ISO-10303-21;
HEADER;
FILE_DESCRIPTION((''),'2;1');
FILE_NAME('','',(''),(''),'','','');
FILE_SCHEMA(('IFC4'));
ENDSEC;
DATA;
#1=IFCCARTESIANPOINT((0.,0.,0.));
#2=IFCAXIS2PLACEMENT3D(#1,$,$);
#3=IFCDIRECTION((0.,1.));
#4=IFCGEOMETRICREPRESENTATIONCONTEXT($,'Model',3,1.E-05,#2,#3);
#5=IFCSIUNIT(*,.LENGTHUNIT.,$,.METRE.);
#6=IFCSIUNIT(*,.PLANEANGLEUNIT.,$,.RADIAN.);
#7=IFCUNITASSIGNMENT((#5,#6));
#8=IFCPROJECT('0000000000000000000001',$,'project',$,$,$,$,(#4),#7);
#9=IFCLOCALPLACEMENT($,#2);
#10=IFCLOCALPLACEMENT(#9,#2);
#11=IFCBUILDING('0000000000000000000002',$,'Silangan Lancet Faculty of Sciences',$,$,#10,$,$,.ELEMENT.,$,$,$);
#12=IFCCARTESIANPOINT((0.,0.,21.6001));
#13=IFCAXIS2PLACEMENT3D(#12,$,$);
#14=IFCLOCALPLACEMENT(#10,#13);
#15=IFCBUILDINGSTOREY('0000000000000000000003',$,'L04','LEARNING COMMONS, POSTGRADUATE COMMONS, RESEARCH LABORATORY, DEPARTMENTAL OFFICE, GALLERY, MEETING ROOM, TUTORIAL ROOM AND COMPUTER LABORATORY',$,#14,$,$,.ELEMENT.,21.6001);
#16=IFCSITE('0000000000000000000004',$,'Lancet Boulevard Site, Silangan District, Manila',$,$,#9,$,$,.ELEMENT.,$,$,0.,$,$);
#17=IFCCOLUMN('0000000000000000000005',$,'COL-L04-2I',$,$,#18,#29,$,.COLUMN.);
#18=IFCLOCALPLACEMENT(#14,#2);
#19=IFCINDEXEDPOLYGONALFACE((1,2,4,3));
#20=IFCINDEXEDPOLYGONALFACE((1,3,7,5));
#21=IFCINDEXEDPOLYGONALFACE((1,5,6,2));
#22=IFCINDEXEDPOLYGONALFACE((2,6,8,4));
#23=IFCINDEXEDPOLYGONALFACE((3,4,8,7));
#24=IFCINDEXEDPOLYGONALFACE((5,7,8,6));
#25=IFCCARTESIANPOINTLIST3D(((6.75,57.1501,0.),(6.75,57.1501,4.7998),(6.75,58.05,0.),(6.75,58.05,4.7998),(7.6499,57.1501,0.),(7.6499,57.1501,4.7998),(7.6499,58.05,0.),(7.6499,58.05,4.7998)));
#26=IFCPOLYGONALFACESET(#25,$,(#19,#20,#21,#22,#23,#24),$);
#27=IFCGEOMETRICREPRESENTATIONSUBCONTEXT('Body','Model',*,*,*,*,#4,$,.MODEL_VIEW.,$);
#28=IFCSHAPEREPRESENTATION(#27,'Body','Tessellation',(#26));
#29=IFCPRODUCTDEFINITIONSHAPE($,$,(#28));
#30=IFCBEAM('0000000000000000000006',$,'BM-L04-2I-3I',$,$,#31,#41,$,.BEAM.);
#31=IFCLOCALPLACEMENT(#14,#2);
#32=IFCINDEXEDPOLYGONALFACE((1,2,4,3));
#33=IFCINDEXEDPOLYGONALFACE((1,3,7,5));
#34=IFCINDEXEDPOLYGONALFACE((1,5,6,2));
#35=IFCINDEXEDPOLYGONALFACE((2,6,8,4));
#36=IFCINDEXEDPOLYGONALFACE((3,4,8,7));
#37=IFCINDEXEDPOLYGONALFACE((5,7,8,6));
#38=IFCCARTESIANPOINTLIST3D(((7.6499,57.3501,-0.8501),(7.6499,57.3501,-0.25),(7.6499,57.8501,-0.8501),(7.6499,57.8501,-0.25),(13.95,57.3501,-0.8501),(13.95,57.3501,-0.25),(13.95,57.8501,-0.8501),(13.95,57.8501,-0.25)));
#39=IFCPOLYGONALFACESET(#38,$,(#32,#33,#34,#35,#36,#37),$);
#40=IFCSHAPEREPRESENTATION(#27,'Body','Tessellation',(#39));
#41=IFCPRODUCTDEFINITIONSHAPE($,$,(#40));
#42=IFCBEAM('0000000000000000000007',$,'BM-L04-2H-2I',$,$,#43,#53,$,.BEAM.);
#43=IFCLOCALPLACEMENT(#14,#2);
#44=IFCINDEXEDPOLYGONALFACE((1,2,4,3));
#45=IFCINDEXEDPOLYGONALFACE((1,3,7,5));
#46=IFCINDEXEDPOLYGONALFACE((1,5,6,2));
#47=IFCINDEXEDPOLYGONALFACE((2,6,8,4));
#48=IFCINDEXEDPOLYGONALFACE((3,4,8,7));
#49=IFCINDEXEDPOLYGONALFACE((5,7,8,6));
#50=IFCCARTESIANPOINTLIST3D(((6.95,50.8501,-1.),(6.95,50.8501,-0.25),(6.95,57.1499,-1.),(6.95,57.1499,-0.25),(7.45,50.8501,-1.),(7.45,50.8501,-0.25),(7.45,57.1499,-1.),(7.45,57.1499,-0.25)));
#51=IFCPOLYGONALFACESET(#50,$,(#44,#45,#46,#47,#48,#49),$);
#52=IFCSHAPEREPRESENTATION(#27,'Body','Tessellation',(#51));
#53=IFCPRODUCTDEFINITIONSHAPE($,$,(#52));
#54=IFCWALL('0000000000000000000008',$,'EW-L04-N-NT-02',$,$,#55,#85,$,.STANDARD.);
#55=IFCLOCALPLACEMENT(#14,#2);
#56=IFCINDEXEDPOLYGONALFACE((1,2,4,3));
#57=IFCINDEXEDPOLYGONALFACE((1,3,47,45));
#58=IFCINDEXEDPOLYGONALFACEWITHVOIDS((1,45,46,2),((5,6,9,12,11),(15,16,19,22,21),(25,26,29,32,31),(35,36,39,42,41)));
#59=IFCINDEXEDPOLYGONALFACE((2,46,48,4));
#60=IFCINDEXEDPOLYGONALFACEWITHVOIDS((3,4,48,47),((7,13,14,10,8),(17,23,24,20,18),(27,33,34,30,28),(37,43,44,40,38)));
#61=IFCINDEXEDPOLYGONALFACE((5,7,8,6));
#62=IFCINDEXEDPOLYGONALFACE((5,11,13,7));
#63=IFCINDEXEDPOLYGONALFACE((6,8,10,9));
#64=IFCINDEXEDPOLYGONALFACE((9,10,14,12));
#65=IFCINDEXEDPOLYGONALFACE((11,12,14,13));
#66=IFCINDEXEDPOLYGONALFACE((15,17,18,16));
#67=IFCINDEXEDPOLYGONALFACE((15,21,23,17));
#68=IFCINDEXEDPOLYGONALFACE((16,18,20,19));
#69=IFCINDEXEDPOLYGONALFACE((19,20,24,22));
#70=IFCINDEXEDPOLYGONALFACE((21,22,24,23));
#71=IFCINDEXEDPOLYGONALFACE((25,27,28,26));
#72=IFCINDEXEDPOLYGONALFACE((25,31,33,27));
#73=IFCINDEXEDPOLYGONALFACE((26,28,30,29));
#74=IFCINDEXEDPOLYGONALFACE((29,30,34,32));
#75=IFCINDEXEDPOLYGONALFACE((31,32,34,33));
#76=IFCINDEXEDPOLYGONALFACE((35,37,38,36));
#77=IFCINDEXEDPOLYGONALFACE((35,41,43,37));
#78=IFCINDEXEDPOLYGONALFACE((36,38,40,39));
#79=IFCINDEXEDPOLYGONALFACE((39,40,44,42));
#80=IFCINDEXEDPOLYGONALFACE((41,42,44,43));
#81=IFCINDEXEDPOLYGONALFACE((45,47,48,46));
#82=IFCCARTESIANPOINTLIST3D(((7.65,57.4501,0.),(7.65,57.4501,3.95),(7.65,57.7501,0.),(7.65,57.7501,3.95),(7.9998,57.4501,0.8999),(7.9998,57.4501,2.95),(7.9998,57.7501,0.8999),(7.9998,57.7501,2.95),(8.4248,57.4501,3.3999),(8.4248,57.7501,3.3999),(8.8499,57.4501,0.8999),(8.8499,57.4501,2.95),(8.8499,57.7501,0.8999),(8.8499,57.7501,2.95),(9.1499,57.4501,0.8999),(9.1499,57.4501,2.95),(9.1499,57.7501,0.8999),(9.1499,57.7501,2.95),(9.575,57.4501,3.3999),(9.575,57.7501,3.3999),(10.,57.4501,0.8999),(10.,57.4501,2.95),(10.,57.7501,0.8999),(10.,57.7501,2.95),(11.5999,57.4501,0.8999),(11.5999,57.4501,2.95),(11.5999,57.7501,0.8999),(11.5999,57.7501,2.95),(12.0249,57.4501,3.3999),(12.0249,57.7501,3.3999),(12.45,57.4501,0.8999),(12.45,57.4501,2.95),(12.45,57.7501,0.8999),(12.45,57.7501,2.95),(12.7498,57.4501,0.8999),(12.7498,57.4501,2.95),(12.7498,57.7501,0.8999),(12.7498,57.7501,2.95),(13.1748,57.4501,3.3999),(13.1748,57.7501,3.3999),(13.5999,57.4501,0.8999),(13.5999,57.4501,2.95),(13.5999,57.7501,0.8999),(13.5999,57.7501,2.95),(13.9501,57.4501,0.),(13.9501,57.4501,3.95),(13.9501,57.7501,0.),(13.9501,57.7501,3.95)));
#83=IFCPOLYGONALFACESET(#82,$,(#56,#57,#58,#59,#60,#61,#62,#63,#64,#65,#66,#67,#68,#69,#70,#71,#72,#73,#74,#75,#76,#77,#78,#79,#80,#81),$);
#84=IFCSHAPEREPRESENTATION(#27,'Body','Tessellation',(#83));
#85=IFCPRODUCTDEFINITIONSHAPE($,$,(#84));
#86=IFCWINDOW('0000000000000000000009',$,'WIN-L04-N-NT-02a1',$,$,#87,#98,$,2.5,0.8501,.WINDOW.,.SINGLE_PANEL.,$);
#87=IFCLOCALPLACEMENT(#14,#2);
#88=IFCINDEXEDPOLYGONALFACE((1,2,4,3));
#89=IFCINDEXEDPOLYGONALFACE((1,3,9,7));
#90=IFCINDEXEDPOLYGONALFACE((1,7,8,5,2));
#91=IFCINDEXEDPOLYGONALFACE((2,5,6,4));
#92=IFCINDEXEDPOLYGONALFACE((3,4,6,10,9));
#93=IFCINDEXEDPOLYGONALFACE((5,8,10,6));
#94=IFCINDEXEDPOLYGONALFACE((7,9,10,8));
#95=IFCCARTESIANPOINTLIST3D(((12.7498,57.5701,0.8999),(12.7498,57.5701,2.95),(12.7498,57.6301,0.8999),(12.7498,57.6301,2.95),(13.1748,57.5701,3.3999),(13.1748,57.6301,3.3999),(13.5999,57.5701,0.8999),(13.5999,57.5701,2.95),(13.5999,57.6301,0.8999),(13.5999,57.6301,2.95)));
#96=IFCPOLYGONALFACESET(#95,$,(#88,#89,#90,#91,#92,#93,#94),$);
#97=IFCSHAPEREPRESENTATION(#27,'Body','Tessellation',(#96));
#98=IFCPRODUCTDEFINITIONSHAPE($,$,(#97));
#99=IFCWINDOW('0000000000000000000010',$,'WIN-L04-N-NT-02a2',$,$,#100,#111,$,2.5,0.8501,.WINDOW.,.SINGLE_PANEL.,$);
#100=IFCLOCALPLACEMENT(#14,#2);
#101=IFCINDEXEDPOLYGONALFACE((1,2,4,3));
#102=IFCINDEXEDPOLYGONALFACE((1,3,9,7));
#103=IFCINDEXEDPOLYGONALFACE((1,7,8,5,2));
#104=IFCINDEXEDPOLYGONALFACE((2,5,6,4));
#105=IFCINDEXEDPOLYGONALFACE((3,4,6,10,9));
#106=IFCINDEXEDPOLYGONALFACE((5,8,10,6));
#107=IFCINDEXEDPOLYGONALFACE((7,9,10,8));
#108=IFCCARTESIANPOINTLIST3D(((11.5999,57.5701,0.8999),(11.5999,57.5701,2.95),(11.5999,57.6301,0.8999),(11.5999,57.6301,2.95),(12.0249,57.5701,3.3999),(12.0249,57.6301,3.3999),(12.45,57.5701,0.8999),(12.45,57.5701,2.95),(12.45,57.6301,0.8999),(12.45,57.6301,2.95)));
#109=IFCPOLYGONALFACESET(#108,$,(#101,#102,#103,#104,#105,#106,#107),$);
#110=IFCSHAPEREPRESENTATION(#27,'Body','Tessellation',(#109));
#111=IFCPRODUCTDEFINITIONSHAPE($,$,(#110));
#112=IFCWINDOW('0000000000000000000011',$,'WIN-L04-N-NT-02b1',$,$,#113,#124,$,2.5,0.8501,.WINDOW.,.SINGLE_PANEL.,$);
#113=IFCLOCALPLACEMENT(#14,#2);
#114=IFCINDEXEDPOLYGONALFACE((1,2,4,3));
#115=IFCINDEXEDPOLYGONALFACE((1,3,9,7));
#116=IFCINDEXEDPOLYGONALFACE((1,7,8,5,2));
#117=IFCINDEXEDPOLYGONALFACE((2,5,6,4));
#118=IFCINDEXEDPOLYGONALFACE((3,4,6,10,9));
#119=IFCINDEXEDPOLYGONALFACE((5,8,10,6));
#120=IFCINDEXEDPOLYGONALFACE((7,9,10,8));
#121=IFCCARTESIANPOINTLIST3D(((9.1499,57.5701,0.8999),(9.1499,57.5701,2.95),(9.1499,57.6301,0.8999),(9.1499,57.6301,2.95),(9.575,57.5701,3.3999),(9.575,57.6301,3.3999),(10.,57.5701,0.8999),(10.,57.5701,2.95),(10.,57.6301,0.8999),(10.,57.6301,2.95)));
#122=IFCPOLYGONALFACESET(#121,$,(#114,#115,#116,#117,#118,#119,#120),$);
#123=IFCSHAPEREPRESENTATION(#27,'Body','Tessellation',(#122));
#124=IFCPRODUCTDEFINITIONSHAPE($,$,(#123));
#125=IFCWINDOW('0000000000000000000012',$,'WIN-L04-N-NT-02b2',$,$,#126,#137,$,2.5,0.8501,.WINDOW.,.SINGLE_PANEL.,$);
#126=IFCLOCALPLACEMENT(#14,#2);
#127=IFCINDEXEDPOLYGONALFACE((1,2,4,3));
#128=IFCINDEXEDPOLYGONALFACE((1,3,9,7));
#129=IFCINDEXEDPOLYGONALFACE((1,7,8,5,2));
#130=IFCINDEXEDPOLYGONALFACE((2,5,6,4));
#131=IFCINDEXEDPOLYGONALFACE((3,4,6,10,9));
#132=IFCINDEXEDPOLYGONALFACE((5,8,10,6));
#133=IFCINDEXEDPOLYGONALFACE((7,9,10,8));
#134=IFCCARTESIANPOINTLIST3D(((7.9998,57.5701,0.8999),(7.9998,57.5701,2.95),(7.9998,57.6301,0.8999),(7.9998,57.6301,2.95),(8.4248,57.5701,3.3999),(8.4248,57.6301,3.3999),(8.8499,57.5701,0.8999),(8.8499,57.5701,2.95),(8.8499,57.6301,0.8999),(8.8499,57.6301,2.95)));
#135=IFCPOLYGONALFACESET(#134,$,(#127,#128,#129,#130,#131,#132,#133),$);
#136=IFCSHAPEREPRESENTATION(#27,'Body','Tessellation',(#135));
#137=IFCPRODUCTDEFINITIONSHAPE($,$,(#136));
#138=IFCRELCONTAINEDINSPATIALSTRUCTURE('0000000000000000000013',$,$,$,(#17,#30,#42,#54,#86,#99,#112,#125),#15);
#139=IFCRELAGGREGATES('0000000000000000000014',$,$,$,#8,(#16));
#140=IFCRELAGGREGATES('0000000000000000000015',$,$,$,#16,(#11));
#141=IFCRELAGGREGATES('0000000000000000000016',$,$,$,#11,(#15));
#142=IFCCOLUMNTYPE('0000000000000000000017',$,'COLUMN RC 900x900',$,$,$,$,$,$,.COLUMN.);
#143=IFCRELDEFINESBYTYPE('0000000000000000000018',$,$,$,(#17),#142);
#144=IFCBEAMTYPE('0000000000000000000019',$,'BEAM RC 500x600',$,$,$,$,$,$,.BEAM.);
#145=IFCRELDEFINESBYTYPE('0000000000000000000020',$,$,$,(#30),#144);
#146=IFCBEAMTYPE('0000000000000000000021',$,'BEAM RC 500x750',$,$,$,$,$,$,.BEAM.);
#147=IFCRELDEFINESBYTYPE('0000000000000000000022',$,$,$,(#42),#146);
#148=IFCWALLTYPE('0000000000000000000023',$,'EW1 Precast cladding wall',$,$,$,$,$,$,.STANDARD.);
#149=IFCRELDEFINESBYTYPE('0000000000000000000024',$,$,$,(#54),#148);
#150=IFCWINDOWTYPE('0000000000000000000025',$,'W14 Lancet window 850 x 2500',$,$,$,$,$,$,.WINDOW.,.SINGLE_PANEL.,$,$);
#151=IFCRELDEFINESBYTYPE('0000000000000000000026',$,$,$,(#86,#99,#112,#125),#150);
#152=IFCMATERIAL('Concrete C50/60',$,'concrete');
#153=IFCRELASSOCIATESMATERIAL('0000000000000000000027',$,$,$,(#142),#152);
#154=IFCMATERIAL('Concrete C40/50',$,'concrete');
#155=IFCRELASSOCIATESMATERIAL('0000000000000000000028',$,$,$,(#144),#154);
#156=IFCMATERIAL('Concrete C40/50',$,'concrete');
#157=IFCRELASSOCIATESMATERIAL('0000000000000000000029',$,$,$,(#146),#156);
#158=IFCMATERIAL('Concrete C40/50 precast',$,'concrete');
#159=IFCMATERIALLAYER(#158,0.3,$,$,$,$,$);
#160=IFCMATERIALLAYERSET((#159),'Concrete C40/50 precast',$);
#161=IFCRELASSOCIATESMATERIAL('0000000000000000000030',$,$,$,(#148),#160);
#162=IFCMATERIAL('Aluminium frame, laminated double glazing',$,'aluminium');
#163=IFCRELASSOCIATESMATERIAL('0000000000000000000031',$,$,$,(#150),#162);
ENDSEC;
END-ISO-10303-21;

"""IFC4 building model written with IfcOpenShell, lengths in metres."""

from ifc_helpers import new_model, si_unit, direction, frame, frame_2d, origin, origin_2d, place, context, subcontext, project, spatial, polyline, rectangle, outline, extrude, material, layer, layer_set, material_profile, profile_set, type_object, element, fill, save


model = new_model("IFC4")

# Units and contexts
model_context = context("Model", 3, precision=1e-05, world=origin(), true_north=direction((0.0, 1.0)))
body_context = subcontext(model_context, "Body", "Model", "MODEL_VIEW")
ifc_project = project(units=[si_unit("LENGTHUNIT", "METRE"), si_unit("PLANEANGLEUNIT", "RADIAN")], contexts=[model_context])

# Site, building, storey
site_placement = place(None, origin())
site = spatial("IfcSite", under=ifc_project, at=site_placement, Name="Lancet Boulevard Site, Silangan District, Manila", CompositionType="ELEMENT", RefElevation=0.0)
building_placement = place(site_placement, origin())
building = spatial("IfcBuilding", under=site, at=building_placement, Name="Silangan Lancet Faculty of Sciences", CompositionType="ELEMENT")
storey_placement = place(building_placement, frame((0.0, 0.0, 21.6001)))
storey = spatial("IfcBuildingStorey", under=building, at=storey_placement, Name="L04", Description="LEARNING COMMONS, POSTGRADUATE COMMONS, RESEARCH LABORATORY, DEPARTMENTAL OFFICE, GALLERY, MEETING ROOM, TUTORIAL ROOM AND COMPUTER LABORATORY", CompositionType="ELEMENT", Elevation=21.6001)

# Column
ifc_material_1 = material(Name="Concrete C50/60", Category="concrete")
ifc_material_profile_1 = material_profile(ifc_material_1, rectangle(XDim=0.8999, YDim=0.8999, at=origin_2d()), Name="RC 900x900")
ifc_profile_set_1 = profile_set([ifc_material_profile_1], Name="Concrete C50/60")
column_type = type_object("IfcColumnType", Name="COLUMN RC 900x900", PredefinedType="COLUMN", material=ifc_profile_set_1)
column_placement = place(storey_placement, frame((7.2, 57.6001, 0.0), z_axis=(0.0, 0.0, 1.0), x_axis=(1.0, 0.0, 0.0)))
element("IfcColumn", 1, at=column_placement, inside=storey, type_object=column_type, Name="COL-L04-2I", PredefinedType="COLUMN", context=body_context, shape_type="SweptSolid", body=[
    extrude(rectangle(XDim=0.8999, YDim=0.8999, at=origin_2d()), origin(), (0.0, 0.0, 1.0), 4.7998),
])

# Beams
ifc_material_2 = material(Name="Concrete C40/50", Category="concrete")
ifc_material_profile_2 = material_profile(ifc_material_2, rectangle(XDim=0.5, YDim=0.6001, at=origin_2d()), Name="RC 500x600")
ifc_profile_set_2 = profile_set([ifc_material_profile_2], Name="Concrete C40/50")
beam_type_1 = type_object("IfcBeamType", Name="BEAM RC 500x600", PredefinedType="BEAM", material=ifc_profile_set_2)
beam_1_placement = place(storey_placement, frame((7.6499, 57.6001, -0.55), z_axis=(1.0, 0.0, 0.0), x_axis=(0.0, 1.0, 0.0)))
element("IfcBeam", 2, at=beam_1_placement, inside=storey, type_object=beam_type_1, Name="BM-L04-2I-3I", PredefinedType="BEAM", context=body_context, shape_type="SweptSolid", body=[
    extrude(rectangle(XDim=0.5, YDim=0.6001, at=origin_2d()), origin(), (0.0, 0.0, 1.0), 6.3),
])
ifc_material_3 = material(Name="Concrete C40/50", Category="concrete")
ifc_material_profile_3 = material_profile(ifc_material_3, rectangle(XDim=0.5, YDim=0.75, at=origin_2d()), Name="RC 500x750")
ifc_profile_set_3 = profile_set([ifc_material_profile_3], Name="Concrete C40/50")
beam_type_2 = type_object("IfcBeamType", Name="BEAM RC 500x750", PredefinedType="BEAM", material=ifc_profile_set_3)
beam_2_placement = place(storey_placement, frame((7.2, 50.8501, -0.625), z_axis=(0.0, 1.0, 0.0), x_axis=(-1.0, 0.0, 0.0)))
element("IfcBeam", 3, at=beam_2_placement, inside=storey, type_object=beam_type_2, Name="BM-L04-2H-2I", PredefinedType="BEAM", context=body_context, shape_type="SweptSolid", body=[
    extrude(rectangle(XDim=0.5, YDim=0.75, at=origin_2d()), origin(), (0.0, 0.0, 1.0), 6.2998),
])

# Wall, openings, windows
ifc_material_4 = material(Name="Concrete C40/50 precast", Category="concrete")
ifc_layer_1 = layer(ifc_material_4, 0.3)
ifc_layer_set_1 = layer_set([ifc_layer_1], Name="Concrete C40/50 precast")
wall_type_1 = type_object("IfcWallType", Name="EW1 Precast cladding wall", PredefinedType="STANDARD", material=ifc_layer_set_1)
wall_1_placement = place(storey_placement, frame((13.95, 57.6001, 0.0), z_axis=(0.0, 0.0, 1.0), x_axis=(-1.0, 0.0, 0.0)))
wall_1 = element("IfcWall", 4, at=wall_1_placement, inside=storey, type_object=wall_type_1, Name="EW-L04-N-NT-02", PredefinedType="STANDARD", context=body_context, shape_type="SweptSolid", body=[
    extrude(rectangle(XDim=6.3, YDim=0.3, at=frame_2d((3.1499, 0.0))), origin(), (0.0, 0.0, 1.0), 3.95),
])
opening_1_placement = place(wall_1_placement, frame((0.3501, 0.0, 0.8999)))
opening_1 = element("IfcOpeningElement", 5, at=opening_1_placement, cuts=wall_1, PredefinedType="OPENING", context=body_context, shape_type="SweptSolid", body=[
    extrude(outline(polyline([(0.0, 0.0), (0.8501, 0.0), (0.8501, 2.05), (0.425, 2.5), (0.0, 2.05), (0.0, 0.0)])), frame((0.0, 0.1599, 0.0), z_axis=(0.0, -1.0, 0.0), x_axis=(1.0, 0.0, 0.0)), (0.0, 0.0, 1.0), 0.3201),
])
opening_2_placement = place(wall_1_placement, frame((1.5, 0.0, 0.8999)))
opening_2 = element("IfcOpeningElement", 6, at=opening_2_placement, cuts=wall_1, PredefinedType="OPENING", context=body_context, shape_type="SweptSolid", body=[
    extrude(outline(polyline([(0.0, 0.0), (0.8501, 0.0), (0.8501, 2.05), (0.425, 2.5), (0.0, 2.05), (0.0, 0.0)])), frame((0.0, 0.1599, 0.0), z_axis=(0.0, -1.0, 0.0), x_axis=(1.0, 0.0, 0.0)), (0.0, 0.0, 1.0), 0.3201),
])
opening_3_placement = place(wall_1_placement, frame((3.95, 0.0, 0.8999)))
opening_3 = element("IfcOpeningElement", 7, at=opening_3_placement, cuts=wall_1, PredefinedType="OPENING", context=body_context, shape_type="SweptSolid", body=[
    extrude(outline(polyline([(0.0, 0.0), (0.8501, 0.0), (0.8501, 2.05), (0.425, 2.5), (0.0, 2.05), (0.0, 0.0)])), frame((0.0, 0.1599, 0.0), z_axis=(0.0, -1.0, 0.0), x_axis=(1.0, 0.0, 0.0)), (0.0, 0.0, 1.0), 0.3201),
])
opening_4_placement = place(wall_1_placement, frame((5.1001, 0.0, 0.8999)))
opening_4 = element("IfcOpeningElement", 8, at=opening_4_placement, cuts=wall_1, PredefinedType="OPENING", context=body_context, shape_type="SweptSolid", body=[
    extrude(outline(polyline([(0.0, 0.0), (0.8501, 0.0), (0.8501, 2.05), (0.425, 2.5), (0.0, 2.05), (0.0, 0.0)])), frame((0.0, 0.1599, 0.0), z_axis=(0.0, -1.0, 0.0), x_axis=(1.0, 0.0, 0.0)), (0.0, 0.0, 1.0), 0.3201),
])
ifc_material_5 = material(Name="Aluminium frame, laminated double glazing", Category="aluminium")
window_type_1 = type_object("IfcWindowType", Name="W14 Lancet window 850 x 2500", PartitioningType="SINGLE_PANEL", PredefinedType="WINDOW", material=ifc_material_5)
window_1_placement = place(opening_1_placement, origin())
window_1 = element("IfcWindow", 9, at=window_1_placement, inside=storey, type_object=window_type_1, Name="WIN-L04-N-NT-02a1", OverallHeight=2.5, OverallWidth=0.8501, PartitioningType="SINGLE_PANEL", PredefinedType="WINDOW", context=body_context, shape_type="SweptSolid", body=[
    extrude(outline(polyline([(0.0, 0.0), (0.8501, 0.0), (0.8501, 2.05), (0.425, 2.5), (0.0, 2.05), (0.0, 0.0)])), frame((0.0, 0.03, 0.0), z_axis=(0.0, -1.0, 0.0), x_axis=(1.0, 0.0, 0.0)), (0.0, 0.0, 1.0), 0.0601),
])
fill(opening_1, window_1)
window_2_placement = place(opening_2_placement, origin())
window_2 = element("IfcWindow", 10, at=window_2_placement, inside=storey, type_object=window_type_1, Name="WIN-L04-N-NT-02a2", OverallHeight=2.5, OverallWidth=0.8501, PartitioningType="SINGLE_PANEL", PredefinedType="WINDOW", context=body_context, shape_type="SweptSolid", body=[
    extrude(outline(polyline([(0.0, 0.0), (0.8501, 0.0), (0.8501, 2.05), (0.425, 2.5), (0.0, 2.05), (0.0, 0.0)])), frame((0.0, 0.03, 0.0), z_axis=(0.0, -1.0, 0.0), x_axis=(1.0, 0.0, 0.0)), (0.0, 0.0, 1.0), 0.0601),
])
fill(opening_2, window_2)
window_3_placement = place(opening_3_placement, origin())
window_3 = element("IfcWindow", 11, at=window_3_placement, inside=storey, type_object=window_type_1, Name="WIN-L04-N-NT-02b1", OverallHeight=2.5, OverallWidth=0.8501, PartitioningType="SINGLE_PANEL", PredefinedType="WINDOW", context=body_context, shape_type="SweptSolid", body=[
    extrude(outline(polyline([(0.0, 0.0), (0.8501, 0.0), (0.8501, 2.05), (0.425, 2.5), (0.0, 2.05), (0.0, 0.0)])), frame((0.0, 0.03, 0.0), z_axis=(0.0, -1.0, 0.0), x_axis=(1.0, 0.0, 0.0)), (0.0, 0.0, 1.0), 0.0601),
])
fill(opening_3, window_3)
window_4_placement = place(opening_4_placement, origin())
window_4 = element("IfcWindow", 12, at=window_4_placement, inside=storey, type_object=window_type_1, Name="WIN-L04-N-NT-02b2", OverallHeight=2.5, OverallWidth=0.8501, PartitioningType="SINGLE_PANEL", PredefinedType="WINDOW", context=body_context, shape_type="SweptSolid", body=[
    extrude(outline(polyline([(0.0, 0.0), (0.8501, 0.0), (0.8501, 2.05), (0.425, 2.5), (0.0, 2.05), (0.0, 0.0)])), frame((0.0, 0.03, 0.0), z_axis=(0.0, -1.0, 0.0), x_axis=(1.0, 0.0, 0.0)), (0.0, 0.0, 1.0), 0.0601),
])
fill(opening_4, window_4)

save(model, "model.ifc")
